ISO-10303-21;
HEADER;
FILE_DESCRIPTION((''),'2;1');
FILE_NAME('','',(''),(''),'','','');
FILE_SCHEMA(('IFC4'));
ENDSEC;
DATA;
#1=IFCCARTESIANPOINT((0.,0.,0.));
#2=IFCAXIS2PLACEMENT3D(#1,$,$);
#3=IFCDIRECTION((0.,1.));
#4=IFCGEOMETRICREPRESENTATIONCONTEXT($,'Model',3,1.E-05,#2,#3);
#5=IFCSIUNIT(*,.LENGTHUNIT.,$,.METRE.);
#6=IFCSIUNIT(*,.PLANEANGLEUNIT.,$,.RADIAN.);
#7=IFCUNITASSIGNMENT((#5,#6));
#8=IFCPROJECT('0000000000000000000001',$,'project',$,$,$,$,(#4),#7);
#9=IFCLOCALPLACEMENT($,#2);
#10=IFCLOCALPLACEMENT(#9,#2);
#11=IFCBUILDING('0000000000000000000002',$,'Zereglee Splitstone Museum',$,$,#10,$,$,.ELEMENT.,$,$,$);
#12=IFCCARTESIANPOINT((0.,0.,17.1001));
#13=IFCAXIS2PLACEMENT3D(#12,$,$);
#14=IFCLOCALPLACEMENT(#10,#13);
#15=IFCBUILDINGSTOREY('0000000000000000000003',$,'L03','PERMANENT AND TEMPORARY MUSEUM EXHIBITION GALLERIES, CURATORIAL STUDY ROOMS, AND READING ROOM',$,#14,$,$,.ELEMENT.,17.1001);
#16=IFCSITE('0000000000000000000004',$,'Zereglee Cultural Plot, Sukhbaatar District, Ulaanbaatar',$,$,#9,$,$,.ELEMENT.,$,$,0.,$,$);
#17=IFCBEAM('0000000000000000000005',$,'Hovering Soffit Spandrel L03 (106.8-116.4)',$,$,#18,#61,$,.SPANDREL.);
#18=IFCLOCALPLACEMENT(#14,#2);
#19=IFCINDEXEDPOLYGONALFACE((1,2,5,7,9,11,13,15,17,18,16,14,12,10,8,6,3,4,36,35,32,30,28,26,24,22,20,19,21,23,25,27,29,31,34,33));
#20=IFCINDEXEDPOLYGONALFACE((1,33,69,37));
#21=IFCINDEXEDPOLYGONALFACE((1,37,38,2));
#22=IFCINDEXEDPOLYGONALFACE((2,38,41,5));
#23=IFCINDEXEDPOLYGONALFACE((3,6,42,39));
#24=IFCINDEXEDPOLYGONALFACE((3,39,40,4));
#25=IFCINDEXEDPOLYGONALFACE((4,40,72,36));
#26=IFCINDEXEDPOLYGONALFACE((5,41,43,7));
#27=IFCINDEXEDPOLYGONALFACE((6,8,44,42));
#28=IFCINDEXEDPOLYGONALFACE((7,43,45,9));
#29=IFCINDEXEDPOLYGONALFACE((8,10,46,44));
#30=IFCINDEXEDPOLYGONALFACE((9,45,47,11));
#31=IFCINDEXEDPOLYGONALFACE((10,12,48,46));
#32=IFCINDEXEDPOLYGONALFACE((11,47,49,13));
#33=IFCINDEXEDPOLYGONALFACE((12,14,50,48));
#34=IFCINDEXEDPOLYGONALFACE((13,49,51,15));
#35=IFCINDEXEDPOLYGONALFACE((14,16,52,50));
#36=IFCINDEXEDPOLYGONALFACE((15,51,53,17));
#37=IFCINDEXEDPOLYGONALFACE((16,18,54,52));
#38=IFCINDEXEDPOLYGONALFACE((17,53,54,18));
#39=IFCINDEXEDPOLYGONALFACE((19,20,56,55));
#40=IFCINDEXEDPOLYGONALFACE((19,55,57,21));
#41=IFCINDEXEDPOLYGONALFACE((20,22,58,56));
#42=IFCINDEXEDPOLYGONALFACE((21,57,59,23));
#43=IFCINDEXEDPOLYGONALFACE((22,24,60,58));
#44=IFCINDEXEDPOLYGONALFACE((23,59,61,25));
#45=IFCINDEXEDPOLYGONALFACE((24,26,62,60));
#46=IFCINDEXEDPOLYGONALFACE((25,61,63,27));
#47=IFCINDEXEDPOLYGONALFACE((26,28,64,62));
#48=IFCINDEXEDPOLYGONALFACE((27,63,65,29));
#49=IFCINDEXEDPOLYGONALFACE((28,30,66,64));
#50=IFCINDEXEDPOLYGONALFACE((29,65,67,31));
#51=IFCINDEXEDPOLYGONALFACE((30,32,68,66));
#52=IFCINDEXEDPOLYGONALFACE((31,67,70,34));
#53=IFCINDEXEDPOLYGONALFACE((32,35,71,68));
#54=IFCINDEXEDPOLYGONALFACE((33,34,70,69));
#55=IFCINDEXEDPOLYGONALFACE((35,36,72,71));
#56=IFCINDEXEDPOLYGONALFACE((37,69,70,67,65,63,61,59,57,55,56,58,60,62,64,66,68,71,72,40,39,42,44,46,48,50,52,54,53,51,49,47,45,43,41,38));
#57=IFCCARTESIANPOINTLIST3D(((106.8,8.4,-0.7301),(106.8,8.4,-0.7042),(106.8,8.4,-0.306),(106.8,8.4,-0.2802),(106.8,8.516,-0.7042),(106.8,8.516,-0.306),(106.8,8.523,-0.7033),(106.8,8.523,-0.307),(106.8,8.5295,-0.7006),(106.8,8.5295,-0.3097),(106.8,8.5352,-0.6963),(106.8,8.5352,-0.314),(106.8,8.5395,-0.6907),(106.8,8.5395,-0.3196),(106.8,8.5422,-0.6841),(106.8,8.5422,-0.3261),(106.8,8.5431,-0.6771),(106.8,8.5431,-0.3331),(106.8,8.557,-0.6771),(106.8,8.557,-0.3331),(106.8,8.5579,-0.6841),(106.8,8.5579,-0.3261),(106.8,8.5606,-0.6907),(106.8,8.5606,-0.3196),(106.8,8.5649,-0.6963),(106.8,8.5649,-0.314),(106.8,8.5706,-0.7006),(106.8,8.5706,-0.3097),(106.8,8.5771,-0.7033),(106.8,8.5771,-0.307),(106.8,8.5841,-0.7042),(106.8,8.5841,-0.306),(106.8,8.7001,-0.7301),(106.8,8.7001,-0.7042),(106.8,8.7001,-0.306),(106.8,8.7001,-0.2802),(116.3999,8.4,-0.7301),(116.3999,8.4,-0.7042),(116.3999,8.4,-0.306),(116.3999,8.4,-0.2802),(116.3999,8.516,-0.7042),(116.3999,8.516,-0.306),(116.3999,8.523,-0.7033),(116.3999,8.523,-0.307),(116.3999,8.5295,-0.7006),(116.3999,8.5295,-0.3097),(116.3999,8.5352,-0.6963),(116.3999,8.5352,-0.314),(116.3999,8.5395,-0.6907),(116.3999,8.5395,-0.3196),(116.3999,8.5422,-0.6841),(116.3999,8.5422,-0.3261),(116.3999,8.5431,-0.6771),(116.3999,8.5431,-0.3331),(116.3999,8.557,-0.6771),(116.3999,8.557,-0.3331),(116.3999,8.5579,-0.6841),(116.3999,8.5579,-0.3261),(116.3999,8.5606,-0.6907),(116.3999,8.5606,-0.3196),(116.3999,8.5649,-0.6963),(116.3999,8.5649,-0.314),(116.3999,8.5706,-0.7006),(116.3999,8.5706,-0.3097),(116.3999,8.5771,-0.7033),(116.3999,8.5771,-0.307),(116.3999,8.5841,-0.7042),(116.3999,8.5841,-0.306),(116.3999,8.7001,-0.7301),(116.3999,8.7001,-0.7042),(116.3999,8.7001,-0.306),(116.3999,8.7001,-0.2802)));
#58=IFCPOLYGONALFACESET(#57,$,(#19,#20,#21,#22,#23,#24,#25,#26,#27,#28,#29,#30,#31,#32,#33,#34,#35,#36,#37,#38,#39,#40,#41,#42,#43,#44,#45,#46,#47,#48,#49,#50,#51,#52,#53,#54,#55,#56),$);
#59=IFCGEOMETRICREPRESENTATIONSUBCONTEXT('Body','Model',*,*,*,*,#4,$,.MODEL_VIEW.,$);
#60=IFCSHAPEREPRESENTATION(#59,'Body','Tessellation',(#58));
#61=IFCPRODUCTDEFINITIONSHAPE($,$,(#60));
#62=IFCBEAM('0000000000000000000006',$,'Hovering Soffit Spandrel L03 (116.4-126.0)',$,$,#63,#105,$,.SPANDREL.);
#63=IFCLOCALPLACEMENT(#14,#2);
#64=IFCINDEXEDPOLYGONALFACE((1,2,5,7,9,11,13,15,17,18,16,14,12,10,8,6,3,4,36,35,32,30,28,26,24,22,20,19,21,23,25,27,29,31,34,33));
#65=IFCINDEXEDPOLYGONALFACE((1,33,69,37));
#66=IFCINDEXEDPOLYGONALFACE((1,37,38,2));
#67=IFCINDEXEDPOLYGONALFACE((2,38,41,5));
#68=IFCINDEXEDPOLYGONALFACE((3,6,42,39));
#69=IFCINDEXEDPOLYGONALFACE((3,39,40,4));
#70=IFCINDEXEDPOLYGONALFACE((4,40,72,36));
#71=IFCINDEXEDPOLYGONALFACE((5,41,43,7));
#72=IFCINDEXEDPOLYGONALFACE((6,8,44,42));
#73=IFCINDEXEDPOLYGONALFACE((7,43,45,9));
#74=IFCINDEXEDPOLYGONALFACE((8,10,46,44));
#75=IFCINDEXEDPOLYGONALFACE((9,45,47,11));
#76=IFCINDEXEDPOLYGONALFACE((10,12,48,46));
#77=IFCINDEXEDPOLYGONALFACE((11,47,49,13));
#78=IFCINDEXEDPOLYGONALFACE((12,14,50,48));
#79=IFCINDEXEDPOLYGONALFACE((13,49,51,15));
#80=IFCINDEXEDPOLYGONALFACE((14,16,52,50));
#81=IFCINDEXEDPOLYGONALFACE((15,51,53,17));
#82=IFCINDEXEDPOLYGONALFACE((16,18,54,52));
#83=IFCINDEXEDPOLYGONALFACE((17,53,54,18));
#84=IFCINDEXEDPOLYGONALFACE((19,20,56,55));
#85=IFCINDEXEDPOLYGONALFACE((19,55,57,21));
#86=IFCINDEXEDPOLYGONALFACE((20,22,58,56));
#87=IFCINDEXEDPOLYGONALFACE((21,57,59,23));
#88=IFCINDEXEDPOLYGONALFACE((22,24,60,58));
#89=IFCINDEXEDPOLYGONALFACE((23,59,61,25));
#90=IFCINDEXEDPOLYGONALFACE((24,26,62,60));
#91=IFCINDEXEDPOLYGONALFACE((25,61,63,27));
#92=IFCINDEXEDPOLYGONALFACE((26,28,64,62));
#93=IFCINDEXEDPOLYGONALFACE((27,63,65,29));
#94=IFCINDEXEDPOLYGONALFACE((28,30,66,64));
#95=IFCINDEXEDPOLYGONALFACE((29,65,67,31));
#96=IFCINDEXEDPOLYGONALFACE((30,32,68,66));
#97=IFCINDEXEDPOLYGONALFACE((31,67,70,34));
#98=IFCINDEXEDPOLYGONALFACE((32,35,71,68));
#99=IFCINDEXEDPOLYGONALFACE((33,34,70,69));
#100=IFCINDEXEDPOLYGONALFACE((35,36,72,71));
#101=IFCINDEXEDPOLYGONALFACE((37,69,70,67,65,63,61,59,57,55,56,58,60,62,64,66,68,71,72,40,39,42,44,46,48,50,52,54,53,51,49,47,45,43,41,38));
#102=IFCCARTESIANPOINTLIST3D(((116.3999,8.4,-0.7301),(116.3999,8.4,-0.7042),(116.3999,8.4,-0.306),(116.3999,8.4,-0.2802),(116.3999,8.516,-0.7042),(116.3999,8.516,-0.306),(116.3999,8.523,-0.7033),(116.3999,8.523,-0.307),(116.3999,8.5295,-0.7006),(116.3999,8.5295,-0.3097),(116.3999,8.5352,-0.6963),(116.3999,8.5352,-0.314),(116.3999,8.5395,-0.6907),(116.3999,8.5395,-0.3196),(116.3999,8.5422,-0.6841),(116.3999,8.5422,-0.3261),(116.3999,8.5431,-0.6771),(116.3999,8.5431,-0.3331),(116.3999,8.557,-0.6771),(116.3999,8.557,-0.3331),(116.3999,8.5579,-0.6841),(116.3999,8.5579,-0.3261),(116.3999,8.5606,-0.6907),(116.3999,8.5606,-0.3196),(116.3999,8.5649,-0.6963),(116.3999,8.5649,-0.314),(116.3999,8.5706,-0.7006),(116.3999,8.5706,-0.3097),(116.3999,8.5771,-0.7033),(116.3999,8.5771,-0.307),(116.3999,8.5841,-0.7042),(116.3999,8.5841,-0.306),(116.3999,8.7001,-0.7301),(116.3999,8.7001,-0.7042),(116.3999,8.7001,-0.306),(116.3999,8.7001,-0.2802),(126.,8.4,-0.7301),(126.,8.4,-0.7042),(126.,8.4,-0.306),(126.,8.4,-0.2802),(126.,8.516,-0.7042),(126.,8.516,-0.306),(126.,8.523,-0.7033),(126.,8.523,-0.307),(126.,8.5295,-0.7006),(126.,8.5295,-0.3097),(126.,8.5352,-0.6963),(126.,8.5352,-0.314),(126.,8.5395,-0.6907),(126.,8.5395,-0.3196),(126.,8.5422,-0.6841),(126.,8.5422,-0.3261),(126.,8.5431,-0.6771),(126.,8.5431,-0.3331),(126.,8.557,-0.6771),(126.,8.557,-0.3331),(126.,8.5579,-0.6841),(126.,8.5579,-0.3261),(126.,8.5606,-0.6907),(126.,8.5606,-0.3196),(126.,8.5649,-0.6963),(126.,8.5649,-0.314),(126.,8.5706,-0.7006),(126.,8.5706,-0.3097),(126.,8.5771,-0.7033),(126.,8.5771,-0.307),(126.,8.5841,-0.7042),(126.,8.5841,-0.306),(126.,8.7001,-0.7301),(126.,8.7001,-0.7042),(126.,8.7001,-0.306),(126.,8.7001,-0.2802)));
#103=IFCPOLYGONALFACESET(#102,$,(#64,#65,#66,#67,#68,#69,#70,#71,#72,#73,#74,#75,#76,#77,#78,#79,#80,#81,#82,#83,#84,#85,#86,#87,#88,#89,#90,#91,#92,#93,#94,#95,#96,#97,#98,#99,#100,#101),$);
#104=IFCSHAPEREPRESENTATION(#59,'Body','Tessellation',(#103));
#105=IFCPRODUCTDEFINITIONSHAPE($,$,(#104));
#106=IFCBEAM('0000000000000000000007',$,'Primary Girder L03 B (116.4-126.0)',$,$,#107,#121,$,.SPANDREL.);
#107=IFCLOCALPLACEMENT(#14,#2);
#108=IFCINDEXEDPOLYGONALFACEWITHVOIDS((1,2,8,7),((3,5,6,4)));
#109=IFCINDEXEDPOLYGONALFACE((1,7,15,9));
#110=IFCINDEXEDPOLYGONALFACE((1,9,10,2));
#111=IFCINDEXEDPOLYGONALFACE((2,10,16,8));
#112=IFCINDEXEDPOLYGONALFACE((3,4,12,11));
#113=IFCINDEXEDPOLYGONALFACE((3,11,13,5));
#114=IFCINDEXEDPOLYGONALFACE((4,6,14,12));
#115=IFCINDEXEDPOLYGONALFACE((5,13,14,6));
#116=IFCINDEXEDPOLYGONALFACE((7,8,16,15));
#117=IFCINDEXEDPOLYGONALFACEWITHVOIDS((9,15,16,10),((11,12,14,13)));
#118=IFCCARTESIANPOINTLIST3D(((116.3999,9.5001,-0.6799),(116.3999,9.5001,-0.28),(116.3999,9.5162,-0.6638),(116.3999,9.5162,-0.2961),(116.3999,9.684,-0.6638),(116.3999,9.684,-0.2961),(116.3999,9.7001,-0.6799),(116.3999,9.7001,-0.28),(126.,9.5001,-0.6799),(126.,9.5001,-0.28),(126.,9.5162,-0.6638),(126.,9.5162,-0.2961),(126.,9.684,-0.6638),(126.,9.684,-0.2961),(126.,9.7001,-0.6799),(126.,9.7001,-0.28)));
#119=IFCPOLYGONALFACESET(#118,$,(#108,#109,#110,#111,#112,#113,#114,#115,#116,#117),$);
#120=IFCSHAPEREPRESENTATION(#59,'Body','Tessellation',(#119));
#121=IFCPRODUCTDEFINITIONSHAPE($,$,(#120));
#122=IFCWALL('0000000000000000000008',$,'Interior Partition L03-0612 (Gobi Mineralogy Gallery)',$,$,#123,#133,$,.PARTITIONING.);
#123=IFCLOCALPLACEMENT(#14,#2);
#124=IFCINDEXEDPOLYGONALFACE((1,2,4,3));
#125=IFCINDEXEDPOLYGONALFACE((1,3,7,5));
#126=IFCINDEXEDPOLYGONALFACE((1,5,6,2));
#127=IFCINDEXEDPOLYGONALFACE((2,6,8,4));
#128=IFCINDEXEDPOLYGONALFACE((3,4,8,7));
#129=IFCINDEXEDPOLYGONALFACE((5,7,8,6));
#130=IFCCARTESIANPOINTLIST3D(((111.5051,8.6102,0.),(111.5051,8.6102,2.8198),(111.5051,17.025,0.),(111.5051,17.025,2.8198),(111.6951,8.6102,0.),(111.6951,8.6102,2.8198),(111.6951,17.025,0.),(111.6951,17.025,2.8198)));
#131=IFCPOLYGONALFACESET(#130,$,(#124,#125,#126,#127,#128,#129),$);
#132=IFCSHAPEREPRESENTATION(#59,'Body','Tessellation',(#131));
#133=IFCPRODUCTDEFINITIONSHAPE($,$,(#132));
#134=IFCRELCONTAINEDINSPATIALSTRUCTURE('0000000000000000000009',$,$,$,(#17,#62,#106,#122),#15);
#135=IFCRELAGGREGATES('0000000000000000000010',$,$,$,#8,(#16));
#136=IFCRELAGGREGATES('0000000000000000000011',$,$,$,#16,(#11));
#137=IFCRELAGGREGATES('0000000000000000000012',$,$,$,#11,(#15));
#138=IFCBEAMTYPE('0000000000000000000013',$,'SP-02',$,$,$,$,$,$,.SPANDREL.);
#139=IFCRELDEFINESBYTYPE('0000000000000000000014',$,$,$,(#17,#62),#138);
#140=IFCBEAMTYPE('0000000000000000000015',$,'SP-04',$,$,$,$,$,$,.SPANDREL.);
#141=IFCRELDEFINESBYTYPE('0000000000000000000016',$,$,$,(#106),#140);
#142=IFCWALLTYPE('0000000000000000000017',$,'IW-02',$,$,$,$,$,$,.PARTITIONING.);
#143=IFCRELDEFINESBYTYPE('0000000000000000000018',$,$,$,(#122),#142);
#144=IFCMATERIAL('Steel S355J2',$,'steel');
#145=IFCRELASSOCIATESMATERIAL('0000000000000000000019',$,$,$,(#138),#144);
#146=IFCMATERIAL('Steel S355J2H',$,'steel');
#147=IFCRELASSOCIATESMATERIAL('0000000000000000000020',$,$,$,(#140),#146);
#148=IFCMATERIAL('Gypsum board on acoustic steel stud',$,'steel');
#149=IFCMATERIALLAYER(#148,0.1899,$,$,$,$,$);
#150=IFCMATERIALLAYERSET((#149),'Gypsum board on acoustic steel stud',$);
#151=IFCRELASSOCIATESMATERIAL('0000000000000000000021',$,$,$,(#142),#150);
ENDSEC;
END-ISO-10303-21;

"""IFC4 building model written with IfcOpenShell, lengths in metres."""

from ifc_helpers import new_model, si_unit, direction, frame, frame_2d, origin, origin_2d, place, context, subcontext, project, spatial, rectangle, hollow_rectangle, i_section, extrude, material, layer, layer_set, material_profile, profile_set, type_object, element, save


model = new_model("IFC4")

# Units and contexts
model_context = context("Model", 3, precision=1e-05, world=origin(), true_north=direction((0.0, 1.0)))
body_context = subcontext(model_context, "Body", "Model", "MODEL_VIEW")
ifc_project = project(units=[si_unit("LENGTHUNIT", "METRE"), si_unit("PLANEANGLEUNIT", "RADIAN")], contexts=[model_context])

# Site, building, storey
site_placement = place(None, origin())
site = spatial("IfcSite", under=ifc_project, at=site_placement, Name="Zereglee Cultural Plot, Sukhbaatar District, Ulaanbaatar", CompositionType="ELEMENT", RefElevation=0.0)
building_placement = place(site_placement, origin())
building = spatial("IfcBuilding", under=site, at=building_placement, Name="Zereglee Splitstone Museum", CompositionType="ELEMENT")
storey_placement = place(building_placement, frame((0.0, 0.0, 17.1001)))
storey = spatial("IfcBuildingStorey", under=building, at=storey_placement, Name="L03", Description="PERMANENT AND TEMPORARY MUSEUM EXHIBITION GALLERIES, CURATORIAL STUDY ROOMS, AND READING ROOM", CompositionType="ELEMENT", Elevation=17.1001)

# Shared definitions
ifc_material_1 = material(Name="Steel S355J2", Category="steel")

# Beams
ifc_material_profile_1 = material_profile(ifc_material_1, i_section(OverallWidth=0.3, OverallDepth=0.45, WebThickness=0.0139, FlangeThickness=0.0259, FilletRadius=0.0271, at=origin_2d()), Name="HE 450 B")
ifc_profile_set_1 = profile_set([ifc_material_profile_1], Name="Steel S355J2")
beam_type_1 = type_object("IfcBeamType", Name="SP-02", PredefinedType="SPANDREL", material=ifc_profile_set_1)
beam_1_placement = place(storey_placement, frame((106.8, 8.55, -0.5051), z_axis=(1.0, 0.0, 0.0), x_axis=(0.0, 1.0, 0.0)))
element("IfcBeam", 1, at=beam_1_placement, inside=storey, type_object=beam_type_1, Name="Hovering Soffit Spandrel L03 (106.8-116.4)", PredefinedType="SPANDREL", context=body_context, shape_type="SweptSolid", body=[
    extrude(i_section(OverallWidth=0.3, OverallDepth=0.45, WebThickness=0.0139, FlangeThickness=0.0259, FilletRadius=0.0271, at=origin_2d()), origin(), (0.0, 0.0, 1.0), 9.5999),
])
beam_2_placement = place(storey_placement, frame((116.3999, 8.55, -0.5051), z_axis=(1.0, 0.0, 0.0), x_axis=(0.0, 1.0, 0.0)))
element("IfcBeam", 2, at=beam_2_placement, inside=storey, type_object=beam_type_1, Name="Hovering Soffit Spandrel L03 (116.4-126.0)", PredefinedType="SPANDREL", context=body_context, shape_type="SweptSolid", body=[
    extrude(i_section(OverallWidth=0.3, OverallDepth=0.45, WebThickness=0.0139, FlangeThickness=0.0259, FilletRadius=0.0271, at=origin_2d()), origin(), (0.0, 0.0, 1.0), 9.6001),
])
ifc_material_2 = material(Name="Steel S355J2H", Category="steel")
ifc_material_profile_2 = material_profile(ifc_material_2, hollow_rectangle(XDim=0.2, YDim=0.3999, WallThickness=0.0161, at=origin_2d()), Name="RHS 400x200x16")
ifc_profile_set_2 = profile_set([ifc_material_profile_2], Name="Steel S355J2H")
beam_type_2 = type_object("IfcBeamType", Name="SP-04", PredefinedType="SPANDREL", material=ifc_profile_set_2)
beam_3_placement = place(storey_placement, frame((116.3999, 9.6001, -0.48), z_axis=(1.0, 0.0, 0.0), x_axis=(0.0, 1.0, 0.0)))
element("IfcBeam", 3, at=beam_3_placement, inside=storey, type_object=beam_type_2, Name="Primary Girder L03 B (116.4-126.0)", PredefinedType="SPANDREL", context=body_context, shape_type="SweptSolid", body=[
    extrude(hollow_rectangle(XDim=0.2, YDim=0.3999, WallThickness=0.0161, at=origin_2d()), origin(), (0.0, 0.0, 1.0), 9.6001),
])

# Wall
ifc_material_3 = material(Name="Gypsum board on acoustic steel stud", Category="steel")
ifc_layer = layer(ifc_material_3, 0.1899)
ifc_layer_set = layer_set([ifc_layer], Name="Gypsum board on acoustic steel stud")
wall_type = type_object("IfcWallType", Name="IW-02", PredefinedType="PARTITIONING", material=ifc_layer_set)
wall_placement = place(storey_placement, frame((111.6001, 8.6101, 0.0), z_axis=(0.0, 0.0, 1.0), x_axis=(0.0, 1.0, 0.0)))
element("IfcWall", 4, at=wall_placement, inside=storey, type_object=wall_type, Name="Interior Partition L03-0612 (Gobi Mineralogy Gallery)", PredefinedType="PARTITIONING", context=body_context, shape_type="SweptSolid", body=[
    extrude(rectangle(XDim=8.4148, YDim=0.1899, at=frame_2d((4.2075, 0.0))), origin(), (0.0, 0.0, 1.0), 2.8198),
])

save(model, "model.ifc")
